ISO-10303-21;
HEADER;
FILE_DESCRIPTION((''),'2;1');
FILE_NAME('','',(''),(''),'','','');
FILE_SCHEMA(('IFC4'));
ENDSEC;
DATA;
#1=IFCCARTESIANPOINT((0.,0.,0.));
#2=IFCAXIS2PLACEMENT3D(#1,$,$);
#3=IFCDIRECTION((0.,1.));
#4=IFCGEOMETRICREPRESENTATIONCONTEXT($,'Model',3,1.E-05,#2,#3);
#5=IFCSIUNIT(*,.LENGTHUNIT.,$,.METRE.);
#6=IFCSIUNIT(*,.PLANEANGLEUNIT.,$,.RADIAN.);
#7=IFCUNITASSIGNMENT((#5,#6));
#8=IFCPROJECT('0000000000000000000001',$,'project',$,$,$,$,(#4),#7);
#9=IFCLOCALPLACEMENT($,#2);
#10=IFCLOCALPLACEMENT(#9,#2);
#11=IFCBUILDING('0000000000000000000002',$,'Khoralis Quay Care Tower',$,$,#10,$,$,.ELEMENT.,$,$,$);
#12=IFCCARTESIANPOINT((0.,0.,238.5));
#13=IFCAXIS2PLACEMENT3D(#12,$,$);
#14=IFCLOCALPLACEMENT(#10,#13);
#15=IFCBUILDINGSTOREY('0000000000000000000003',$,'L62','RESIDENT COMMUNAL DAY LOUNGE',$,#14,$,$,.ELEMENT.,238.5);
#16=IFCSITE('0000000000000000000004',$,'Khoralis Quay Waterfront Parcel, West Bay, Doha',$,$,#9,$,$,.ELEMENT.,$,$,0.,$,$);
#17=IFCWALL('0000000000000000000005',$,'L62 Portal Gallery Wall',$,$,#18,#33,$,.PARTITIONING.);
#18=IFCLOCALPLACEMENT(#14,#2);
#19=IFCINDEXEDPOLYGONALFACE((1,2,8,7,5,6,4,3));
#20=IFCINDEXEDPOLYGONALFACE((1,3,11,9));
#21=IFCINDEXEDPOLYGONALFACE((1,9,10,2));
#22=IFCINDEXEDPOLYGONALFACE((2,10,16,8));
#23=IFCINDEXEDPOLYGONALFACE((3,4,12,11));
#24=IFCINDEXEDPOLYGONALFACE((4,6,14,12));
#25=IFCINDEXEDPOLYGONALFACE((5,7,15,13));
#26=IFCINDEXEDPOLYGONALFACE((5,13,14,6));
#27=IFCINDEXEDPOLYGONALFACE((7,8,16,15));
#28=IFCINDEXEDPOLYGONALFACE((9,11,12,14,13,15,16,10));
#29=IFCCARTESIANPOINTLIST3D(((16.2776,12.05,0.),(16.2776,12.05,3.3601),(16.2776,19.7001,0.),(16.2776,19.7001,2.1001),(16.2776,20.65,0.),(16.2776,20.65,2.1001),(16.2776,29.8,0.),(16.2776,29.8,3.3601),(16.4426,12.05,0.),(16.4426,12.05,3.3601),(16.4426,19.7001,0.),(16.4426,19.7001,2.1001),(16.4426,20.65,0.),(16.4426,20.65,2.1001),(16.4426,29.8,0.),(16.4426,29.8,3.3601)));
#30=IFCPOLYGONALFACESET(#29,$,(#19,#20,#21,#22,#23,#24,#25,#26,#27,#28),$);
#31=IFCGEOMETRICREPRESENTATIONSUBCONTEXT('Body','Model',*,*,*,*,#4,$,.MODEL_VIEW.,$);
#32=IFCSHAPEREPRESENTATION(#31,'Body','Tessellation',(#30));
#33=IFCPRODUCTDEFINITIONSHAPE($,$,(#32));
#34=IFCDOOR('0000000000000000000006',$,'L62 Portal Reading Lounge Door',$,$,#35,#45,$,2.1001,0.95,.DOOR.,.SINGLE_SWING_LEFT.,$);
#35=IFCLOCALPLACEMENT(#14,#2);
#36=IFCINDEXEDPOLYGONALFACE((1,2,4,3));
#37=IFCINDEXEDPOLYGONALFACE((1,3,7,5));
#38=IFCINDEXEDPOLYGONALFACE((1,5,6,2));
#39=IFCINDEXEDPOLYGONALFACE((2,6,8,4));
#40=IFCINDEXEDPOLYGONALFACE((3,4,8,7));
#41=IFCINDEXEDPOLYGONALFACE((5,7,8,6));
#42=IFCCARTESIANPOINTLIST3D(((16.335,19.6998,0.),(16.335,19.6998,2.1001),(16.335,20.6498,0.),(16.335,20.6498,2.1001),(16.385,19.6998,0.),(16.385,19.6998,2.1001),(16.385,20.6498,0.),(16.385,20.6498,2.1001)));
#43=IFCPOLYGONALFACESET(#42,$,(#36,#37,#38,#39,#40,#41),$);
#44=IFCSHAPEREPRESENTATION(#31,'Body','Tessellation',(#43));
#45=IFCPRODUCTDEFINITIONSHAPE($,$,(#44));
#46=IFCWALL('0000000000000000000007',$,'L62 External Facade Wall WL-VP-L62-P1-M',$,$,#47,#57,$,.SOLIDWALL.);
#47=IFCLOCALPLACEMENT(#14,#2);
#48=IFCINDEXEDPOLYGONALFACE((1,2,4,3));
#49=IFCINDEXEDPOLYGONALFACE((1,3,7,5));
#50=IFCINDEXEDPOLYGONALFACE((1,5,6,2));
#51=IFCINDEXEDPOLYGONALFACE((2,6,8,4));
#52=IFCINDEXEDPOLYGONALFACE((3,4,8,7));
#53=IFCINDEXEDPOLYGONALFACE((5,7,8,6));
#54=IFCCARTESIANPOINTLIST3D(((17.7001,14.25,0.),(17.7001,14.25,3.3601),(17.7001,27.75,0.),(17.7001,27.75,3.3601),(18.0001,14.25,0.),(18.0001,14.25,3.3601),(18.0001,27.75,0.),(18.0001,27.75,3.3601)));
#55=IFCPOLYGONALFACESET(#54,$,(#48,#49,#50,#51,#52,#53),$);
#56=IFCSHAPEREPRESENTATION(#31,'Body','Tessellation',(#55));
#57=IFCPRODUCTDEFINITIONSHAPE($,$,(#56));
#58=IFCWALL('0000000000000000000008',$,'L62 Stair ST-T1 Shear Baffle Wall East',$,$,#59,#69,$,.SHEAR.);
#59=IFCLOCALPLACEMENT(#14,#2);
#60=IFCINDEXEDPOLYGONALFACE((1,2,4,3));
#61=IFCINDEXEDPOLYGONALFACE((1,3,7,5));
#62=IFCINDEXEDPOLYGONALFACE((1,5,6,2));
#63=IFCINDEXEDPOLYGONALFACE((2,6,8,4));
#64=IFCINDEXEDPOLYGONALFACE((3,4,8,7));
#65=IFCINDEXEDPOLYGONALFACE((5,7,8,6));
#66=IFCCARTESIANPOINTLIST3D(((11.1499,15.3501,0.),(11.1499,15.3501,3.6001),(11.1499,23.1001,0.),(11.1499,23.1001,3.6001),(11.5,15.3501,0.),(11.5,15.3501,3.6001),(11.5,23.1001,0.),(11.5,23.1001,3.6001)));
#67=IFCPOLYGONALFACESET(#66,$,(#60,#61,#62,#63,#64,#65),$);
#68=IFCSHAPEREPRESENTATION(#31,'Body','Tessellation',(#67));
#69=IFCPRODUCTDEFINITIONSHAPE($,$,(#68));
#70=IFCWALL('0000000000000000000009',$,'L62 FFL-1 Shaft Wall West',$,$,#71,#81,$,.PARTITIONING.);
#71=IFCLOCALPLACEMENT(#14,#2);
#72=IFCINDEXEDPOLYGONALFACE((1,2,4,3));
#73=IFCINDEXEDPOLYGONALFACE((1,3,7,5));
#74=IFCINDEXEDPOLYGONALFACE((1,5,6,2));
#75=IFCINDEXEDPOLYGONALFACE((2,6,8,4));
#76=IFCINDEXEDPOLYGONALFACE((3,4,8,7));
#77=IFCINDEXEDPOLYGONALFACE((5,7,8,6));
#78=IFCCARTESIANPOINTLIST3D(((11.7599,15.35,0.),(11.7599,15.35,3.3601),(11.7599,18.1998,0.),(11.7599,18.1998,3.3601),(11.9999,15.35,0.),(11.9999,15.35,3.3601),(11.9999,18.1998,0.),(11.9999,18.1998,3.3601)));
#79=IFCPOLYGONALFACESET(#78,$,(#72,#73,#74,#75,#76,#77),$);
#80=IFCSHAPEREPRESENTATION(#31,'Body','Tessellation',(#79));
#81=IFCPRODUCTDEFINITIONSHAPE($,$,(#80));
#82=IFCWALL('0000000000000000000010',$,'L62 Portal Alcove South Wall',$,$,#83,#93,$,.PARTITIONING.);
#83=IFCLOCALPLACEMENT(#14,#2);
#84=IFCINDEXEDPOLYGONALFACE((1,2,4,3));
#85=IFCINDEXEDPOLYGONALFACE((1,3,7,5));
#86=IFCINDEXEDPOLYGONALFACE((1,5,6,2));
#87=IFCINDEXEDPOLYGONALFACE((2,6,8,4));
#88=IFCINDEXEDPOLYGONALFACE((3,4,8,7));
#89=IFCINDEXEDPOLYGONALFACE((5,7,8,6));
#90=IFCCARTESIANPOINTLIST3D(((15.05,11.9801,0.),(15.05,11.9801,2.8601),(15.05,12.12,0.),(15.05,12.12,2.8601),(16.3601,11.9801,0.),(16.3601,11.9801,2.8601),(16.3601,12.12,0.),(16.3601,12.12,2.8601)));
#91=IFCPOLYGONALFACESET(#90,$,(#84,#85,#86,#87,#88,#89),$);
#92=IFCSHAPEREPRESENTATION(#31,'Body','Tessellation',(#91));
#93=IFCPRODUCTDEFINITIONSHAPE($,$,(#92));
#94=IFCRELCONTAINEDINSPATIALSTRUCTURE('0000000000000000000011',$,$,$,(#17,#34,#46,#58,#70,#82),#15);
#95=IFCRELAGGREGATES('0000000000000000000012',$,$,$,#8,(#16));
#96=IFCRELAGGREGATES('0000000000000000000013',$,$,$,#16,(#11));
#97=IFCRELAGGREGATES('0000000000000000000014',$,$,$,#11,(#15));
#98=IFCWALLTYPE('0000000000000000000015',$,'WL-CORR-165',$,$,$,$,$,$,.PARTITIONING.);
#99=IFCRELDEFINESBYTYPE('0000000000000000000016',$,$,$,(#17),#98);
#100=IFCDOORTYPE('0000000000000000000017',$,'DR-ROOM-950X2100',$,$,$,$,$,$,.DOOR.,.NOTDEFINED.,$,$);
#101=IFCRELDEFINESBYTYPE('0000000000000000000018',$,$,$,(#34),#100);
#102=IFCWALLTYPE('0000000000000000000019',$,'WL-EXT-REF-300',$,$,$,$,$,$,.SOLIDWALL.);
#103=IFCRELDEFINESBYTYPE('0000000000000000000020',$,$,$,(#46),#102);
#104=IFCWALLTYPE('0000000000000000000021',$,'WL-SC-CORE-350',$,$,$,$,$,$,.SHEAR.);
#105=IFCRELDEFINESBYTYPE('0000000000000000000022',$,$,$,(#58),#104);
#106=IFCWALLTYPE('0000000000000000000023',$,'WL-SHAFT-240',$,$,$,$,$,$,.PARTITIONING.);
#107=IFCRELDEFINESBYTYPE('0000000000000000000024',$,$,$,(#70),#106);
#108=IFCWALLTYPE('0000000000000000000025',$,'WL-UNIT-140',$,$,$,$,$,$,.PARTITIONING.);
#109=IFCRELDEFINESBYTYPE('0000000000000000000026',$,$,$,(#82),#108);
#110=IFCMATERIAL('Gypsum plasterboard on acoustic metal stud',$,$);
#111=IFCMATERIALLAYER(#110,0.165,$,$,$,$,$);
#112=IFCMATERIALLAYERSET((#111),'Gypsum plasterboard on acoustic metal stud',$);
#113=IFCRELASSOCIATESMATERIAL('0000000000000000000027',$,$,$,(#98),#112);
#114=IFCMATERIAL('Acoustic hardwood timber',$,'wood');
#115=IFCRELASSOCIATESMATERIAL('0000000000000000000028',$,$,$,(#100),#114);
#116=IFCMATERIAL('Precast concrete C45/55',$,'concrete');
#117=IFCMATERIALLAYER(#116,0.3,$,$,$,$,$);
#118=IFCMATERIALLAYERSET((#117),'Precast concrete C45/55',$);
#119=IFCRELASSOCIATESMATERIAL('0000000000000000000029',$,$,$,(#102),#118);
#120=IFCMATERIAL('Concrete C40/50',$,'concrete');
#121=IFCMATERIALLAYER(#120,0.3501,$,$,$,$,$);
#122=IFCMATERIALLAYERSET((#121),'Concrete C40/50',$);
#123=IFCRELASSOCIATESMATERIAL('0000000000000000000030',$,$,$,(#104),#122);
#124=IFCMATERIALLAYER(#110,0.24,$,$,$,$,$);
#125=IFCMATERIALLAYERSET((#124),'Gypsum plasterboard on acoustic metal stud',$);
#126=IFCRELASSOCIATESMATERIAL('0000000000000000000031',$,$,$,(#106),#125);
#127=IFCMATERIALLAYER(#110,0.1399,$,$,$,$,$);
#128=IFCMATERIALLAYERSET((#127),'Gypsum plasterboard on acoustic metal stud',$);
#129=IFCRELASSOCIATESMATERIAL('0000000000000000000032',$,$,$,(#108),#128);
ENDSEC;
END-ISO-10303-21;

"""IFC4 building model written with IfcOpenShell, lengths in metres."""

from ifc_helpers import new_model, si_unit, direction, frame, frame_2d, origin, place, context, subcontext, project, spatial, rectangle, extrude, source, transform, mapped, material, layer, layer_set, type_object, element, fill, save


model = new_model("IFC4")

# Units and contexts
model_context = context("Model", 3, precision=1e-05, world=origin(), true_north=direction((0.0, 1.0)))
body_context = subcontext(model_context, "Body", "Model", "MODEL_VIEW")
ifc_project = project(units=[si_unit("LENGTHUNIT", "METRE"), si_unit("PLANEANGLEUNIT", "RADIAN")], contexts=[model_context])

# Site, building, storey
site_placement = place(None, origin())
site = spatial("IfcSite", under=ifc_project, at=site_placement, Name="Khoralis Quay Waterfront Parcel, West Bay, Doha", CompositionType="ELEMENT", RefElevation=0.0)
building_placement = place(site_placement, origin())
building = spatial("IfcBuilding", under=site, at=building_placement, Name="Khoralis Quay Care Tower", CompositionType="ELEMENT")
storey_placement = place(building_placement, frame((0.0, 0.0, 238.5)))
storey = spatial("IfcBuildingStorey", under=building, at=storey_placement, Name="L62", Description="RESIDENT COMMUNAL DAY LOUNGE", CompositionType="ELEMENT", Elevation=238.5)

# Shared definitions
ifc_material_1 = material(Name="Gypsum plasterboard on acoustic metal stud")

# Wall, opening, door
ifc_layer_1 = layer(ifc_material_1, 0.165)
ifc_layer_set_1 = layer_set([ifc_layer_1], Name="Gypsum plasterboard on acoustic metal stud")
wall_type_1 = type_object("IfcWallType", Name="WL-CORR-165", PredefinedType="PARTITIONING", material=ifc_layer_set_1)
wall_1_placement = place(storey_placement, frame((16.3601, 12.05, 0.0), z_axis=(0.0, 0.0, 1.0), x_axis=(0.0, 1.0, 0.0)))
wall_1 = element("IfcWall", 1, at=wall_1_placement, inside=storey, type_object=wall_type_1, Name="L62 Portal Gallery Wall", PredefinedType="PARTITIONING", context=body_context, shape_type="SweptSolid", body=[
    extrude(rectangle(XDim=17.75, YDim=0.165, at=frame_2d((8.875, 0.0))), origin(), (0.0, 0.0, 1.0), 3.3601),
])
opening_1_placement = place(wall_1_placement, frame((7.6499, 0.0, 0.0)))
opening_1 = element("IfcOpeningElement", 2, at=opening_1_placement, cuts=wall_1, PredefinedType="OPENING", context=body_context, shape_type="SweptSolid", body=[
    extrude(rectangle(XDim=0.95, YDim=2.1001, at=frame_2d((0.4751, 1.05))), frame((0.0, 0.0925, 0.0), z_axis=(0.0, -1.0, 0.0), x_axis=(1.0, 0.0, 0.0)), (0.0, 0.0, 1.0), 0.1851),
])
ifc_material_2 = material(Name="Acoustic hardwood timber", Category="wood")
door_type_1 = type_object("IfcDoorType", Name="DR-ROOM-950X2100", OperationType="NOTDEFINED", PredefinedType="DOOR", material=ifc_material_2)
shared_shape_1 = source(origin(), body_context, "Body", "SweptSolid", [
    extrude(rectangle(XDim=0.95, YDim=2.1001, at=frame_2d((0.4751, 1.05))), frame((0.0, 0.0249, 0.0), z_axis=(0.0, -1.0, 0.0), x_axis=(1.0, 0.0, 0.0)), (0.0, 0.0, 1.0), 0.05),
])
door_1_placement = place(opening_1_placement, frame((0.95, 0.0, 0.0), z_axis=(0.0, 0.0, 1.0), x_axis=(-1.0, 0.0, 0.0)))
door_1 = element("IfcDoor", 3, at=door_1_placement, inside=storey, type_object=door_type_1, Name="L62 Portal Reading Lounge Door", OperationType="SINGLE_SWING_LEFT", OverallHeight=2.1001, OverallWidth=0.95, PredefinedType="DOOR", context=body_context, shape_type="MappedRepresentation", body=[
    mapped(shared_shape_1, transform((0.0, 0.0, 0.0), scale=1.0)),
])
fill(opening_1, door_1)

# Walls
ifc_material_3 = material(Name="Precast concrete C45/55", Category="concrete")
ifc_layer_2 = layer(ifc_material_3, 0.3)
ifc_layer_set_2 = layer_set([ifc_layer_2], Name="Precast concrete C45/55")
wall_type_2 = type_object("IfcWallType", Name="WL-EXT-REF-300", PredefinedType="SOLIDWALL", material=ifc_layer_set_2)
wall_2_placement = place(storey_placement, frame((17.8501, 14.25, 0.0), z_axis=(0.0, 0.0, 1.0), x_axis=(0.0, 1.0, 0.0)))
element("IfcWall", 4, at=wall_2_placement, inside=storey, type_object=wall_type_2, Name="L62 External Facade Wall WL-VP-L62-P1-M", PredefinedType="SOLIDWALL", context=body_context, shape_type="SweptSolid", body=[
    extrude(rectangle(XDim=13.5, YDim=0.3, at=frame_2d((6.75, 0.0))), origin(), (0.0, 0.0, 1.0), 3.3601),
])
ifc_material_4 = material(Name="Concrete C40/50", Category="concrete")
ifc_layer_3 = layer(ifc_material_4, 0.3501)
ifc_layer_set_3 = layer_set([ifc_layer_3], Name="Concrete C40/50")
wall_type_3 = type_object("IfcWallType", Name="WL-SC-CORE-350", PredefinedType="SHEAR", material=ifc_layer_set_3)
wall_3_placement = place(storey_placement, frame((11.325, 15.3501, 0.0), z_axis=(0.0, 0.0, 1.0), x_axis=(0.0, 1.0, 0.0)))
element("IfcWall", 5, at=wall_3_placement, inside=storey, type_object=wall_type_3, Name="L62 Stair ST-T1 Shear Baffle Wall East", PredefinedType="SHEAR", context=body_context, shape_type="SweptSolid", body=[
    extrude(rectangle(XDim=7.75, YDim=0.3501, at=frame_2d((3.875, 0.0))), origin(), (0.0, 0.0, 1.0), 3.6001),
])
ifc_layer_4 = layer(ifc_material_1, 0.24)
ifc_layer_set_4 = layer_set([ifc_layer_4], Name="Gypsum plasterboard on acoustic metal stud")
wall_type_4 = type_object("IfcWallType", Name="WL-SHAFT-240", PredefinedType="PARTITIONING", material=ifc_layer_set_4)
wall_4_placement = place(storey_placement, frame((11.8799, 15.3501, 0.0), z_axis=(0.0, 0.0, 1.0), x_axis=(0.0, 1.0, 0.0)))
element("IfcWall", 6, at=wall_4_placement, inside=storey, type_object=wall_type_4, Name="L62 FFL-1 Shaft Wall West", PredefinedType="PARTITIONING", context=body_context, shape_type="SweptSolid", body=[
    extrude(rectangle(XDim=2.8499, YDim=0.24, at=frame_2d((1.4248, 0.0))), origin(), (0.0, 0.0, 1.0), 3.3601),
])
ifc_layer_5 = layer(ifc_material_1, 0.1399)
ifc_layer_set_5 = layer_set([ifc_layer_5], Name="Gypsum plasterboard on acoustic metal stud")
wall_type_5 = type_object("IfcWallType", Name="WL-UNIT-140", PredefinedType="PARTITIONING", material=ifc_layer_set_5)
wall_5_placement = place(storey_placement, frame((15.05, 12.05, 0.0), z_axis=(0.0, 0.0, 1.0), x_axis=(1.0, 0.0, 0.0)))
element("IfcWall", 7, at=wall_5_placement, inside=storey, type_object=wall_type_5, Name="L62 Portal Alcove South Wall", PredefinedType="PARTITIONING", context=body_context, shape_type="SweptSolid", body=[
    extrude(rectangle(XDim=1.3101, YDim=0.1399, at=frame_2d((0.655, 0.0))), origin(), (0.0, 0.0, 1.0), 2.8601),
])

save(model, "model.ifc")
